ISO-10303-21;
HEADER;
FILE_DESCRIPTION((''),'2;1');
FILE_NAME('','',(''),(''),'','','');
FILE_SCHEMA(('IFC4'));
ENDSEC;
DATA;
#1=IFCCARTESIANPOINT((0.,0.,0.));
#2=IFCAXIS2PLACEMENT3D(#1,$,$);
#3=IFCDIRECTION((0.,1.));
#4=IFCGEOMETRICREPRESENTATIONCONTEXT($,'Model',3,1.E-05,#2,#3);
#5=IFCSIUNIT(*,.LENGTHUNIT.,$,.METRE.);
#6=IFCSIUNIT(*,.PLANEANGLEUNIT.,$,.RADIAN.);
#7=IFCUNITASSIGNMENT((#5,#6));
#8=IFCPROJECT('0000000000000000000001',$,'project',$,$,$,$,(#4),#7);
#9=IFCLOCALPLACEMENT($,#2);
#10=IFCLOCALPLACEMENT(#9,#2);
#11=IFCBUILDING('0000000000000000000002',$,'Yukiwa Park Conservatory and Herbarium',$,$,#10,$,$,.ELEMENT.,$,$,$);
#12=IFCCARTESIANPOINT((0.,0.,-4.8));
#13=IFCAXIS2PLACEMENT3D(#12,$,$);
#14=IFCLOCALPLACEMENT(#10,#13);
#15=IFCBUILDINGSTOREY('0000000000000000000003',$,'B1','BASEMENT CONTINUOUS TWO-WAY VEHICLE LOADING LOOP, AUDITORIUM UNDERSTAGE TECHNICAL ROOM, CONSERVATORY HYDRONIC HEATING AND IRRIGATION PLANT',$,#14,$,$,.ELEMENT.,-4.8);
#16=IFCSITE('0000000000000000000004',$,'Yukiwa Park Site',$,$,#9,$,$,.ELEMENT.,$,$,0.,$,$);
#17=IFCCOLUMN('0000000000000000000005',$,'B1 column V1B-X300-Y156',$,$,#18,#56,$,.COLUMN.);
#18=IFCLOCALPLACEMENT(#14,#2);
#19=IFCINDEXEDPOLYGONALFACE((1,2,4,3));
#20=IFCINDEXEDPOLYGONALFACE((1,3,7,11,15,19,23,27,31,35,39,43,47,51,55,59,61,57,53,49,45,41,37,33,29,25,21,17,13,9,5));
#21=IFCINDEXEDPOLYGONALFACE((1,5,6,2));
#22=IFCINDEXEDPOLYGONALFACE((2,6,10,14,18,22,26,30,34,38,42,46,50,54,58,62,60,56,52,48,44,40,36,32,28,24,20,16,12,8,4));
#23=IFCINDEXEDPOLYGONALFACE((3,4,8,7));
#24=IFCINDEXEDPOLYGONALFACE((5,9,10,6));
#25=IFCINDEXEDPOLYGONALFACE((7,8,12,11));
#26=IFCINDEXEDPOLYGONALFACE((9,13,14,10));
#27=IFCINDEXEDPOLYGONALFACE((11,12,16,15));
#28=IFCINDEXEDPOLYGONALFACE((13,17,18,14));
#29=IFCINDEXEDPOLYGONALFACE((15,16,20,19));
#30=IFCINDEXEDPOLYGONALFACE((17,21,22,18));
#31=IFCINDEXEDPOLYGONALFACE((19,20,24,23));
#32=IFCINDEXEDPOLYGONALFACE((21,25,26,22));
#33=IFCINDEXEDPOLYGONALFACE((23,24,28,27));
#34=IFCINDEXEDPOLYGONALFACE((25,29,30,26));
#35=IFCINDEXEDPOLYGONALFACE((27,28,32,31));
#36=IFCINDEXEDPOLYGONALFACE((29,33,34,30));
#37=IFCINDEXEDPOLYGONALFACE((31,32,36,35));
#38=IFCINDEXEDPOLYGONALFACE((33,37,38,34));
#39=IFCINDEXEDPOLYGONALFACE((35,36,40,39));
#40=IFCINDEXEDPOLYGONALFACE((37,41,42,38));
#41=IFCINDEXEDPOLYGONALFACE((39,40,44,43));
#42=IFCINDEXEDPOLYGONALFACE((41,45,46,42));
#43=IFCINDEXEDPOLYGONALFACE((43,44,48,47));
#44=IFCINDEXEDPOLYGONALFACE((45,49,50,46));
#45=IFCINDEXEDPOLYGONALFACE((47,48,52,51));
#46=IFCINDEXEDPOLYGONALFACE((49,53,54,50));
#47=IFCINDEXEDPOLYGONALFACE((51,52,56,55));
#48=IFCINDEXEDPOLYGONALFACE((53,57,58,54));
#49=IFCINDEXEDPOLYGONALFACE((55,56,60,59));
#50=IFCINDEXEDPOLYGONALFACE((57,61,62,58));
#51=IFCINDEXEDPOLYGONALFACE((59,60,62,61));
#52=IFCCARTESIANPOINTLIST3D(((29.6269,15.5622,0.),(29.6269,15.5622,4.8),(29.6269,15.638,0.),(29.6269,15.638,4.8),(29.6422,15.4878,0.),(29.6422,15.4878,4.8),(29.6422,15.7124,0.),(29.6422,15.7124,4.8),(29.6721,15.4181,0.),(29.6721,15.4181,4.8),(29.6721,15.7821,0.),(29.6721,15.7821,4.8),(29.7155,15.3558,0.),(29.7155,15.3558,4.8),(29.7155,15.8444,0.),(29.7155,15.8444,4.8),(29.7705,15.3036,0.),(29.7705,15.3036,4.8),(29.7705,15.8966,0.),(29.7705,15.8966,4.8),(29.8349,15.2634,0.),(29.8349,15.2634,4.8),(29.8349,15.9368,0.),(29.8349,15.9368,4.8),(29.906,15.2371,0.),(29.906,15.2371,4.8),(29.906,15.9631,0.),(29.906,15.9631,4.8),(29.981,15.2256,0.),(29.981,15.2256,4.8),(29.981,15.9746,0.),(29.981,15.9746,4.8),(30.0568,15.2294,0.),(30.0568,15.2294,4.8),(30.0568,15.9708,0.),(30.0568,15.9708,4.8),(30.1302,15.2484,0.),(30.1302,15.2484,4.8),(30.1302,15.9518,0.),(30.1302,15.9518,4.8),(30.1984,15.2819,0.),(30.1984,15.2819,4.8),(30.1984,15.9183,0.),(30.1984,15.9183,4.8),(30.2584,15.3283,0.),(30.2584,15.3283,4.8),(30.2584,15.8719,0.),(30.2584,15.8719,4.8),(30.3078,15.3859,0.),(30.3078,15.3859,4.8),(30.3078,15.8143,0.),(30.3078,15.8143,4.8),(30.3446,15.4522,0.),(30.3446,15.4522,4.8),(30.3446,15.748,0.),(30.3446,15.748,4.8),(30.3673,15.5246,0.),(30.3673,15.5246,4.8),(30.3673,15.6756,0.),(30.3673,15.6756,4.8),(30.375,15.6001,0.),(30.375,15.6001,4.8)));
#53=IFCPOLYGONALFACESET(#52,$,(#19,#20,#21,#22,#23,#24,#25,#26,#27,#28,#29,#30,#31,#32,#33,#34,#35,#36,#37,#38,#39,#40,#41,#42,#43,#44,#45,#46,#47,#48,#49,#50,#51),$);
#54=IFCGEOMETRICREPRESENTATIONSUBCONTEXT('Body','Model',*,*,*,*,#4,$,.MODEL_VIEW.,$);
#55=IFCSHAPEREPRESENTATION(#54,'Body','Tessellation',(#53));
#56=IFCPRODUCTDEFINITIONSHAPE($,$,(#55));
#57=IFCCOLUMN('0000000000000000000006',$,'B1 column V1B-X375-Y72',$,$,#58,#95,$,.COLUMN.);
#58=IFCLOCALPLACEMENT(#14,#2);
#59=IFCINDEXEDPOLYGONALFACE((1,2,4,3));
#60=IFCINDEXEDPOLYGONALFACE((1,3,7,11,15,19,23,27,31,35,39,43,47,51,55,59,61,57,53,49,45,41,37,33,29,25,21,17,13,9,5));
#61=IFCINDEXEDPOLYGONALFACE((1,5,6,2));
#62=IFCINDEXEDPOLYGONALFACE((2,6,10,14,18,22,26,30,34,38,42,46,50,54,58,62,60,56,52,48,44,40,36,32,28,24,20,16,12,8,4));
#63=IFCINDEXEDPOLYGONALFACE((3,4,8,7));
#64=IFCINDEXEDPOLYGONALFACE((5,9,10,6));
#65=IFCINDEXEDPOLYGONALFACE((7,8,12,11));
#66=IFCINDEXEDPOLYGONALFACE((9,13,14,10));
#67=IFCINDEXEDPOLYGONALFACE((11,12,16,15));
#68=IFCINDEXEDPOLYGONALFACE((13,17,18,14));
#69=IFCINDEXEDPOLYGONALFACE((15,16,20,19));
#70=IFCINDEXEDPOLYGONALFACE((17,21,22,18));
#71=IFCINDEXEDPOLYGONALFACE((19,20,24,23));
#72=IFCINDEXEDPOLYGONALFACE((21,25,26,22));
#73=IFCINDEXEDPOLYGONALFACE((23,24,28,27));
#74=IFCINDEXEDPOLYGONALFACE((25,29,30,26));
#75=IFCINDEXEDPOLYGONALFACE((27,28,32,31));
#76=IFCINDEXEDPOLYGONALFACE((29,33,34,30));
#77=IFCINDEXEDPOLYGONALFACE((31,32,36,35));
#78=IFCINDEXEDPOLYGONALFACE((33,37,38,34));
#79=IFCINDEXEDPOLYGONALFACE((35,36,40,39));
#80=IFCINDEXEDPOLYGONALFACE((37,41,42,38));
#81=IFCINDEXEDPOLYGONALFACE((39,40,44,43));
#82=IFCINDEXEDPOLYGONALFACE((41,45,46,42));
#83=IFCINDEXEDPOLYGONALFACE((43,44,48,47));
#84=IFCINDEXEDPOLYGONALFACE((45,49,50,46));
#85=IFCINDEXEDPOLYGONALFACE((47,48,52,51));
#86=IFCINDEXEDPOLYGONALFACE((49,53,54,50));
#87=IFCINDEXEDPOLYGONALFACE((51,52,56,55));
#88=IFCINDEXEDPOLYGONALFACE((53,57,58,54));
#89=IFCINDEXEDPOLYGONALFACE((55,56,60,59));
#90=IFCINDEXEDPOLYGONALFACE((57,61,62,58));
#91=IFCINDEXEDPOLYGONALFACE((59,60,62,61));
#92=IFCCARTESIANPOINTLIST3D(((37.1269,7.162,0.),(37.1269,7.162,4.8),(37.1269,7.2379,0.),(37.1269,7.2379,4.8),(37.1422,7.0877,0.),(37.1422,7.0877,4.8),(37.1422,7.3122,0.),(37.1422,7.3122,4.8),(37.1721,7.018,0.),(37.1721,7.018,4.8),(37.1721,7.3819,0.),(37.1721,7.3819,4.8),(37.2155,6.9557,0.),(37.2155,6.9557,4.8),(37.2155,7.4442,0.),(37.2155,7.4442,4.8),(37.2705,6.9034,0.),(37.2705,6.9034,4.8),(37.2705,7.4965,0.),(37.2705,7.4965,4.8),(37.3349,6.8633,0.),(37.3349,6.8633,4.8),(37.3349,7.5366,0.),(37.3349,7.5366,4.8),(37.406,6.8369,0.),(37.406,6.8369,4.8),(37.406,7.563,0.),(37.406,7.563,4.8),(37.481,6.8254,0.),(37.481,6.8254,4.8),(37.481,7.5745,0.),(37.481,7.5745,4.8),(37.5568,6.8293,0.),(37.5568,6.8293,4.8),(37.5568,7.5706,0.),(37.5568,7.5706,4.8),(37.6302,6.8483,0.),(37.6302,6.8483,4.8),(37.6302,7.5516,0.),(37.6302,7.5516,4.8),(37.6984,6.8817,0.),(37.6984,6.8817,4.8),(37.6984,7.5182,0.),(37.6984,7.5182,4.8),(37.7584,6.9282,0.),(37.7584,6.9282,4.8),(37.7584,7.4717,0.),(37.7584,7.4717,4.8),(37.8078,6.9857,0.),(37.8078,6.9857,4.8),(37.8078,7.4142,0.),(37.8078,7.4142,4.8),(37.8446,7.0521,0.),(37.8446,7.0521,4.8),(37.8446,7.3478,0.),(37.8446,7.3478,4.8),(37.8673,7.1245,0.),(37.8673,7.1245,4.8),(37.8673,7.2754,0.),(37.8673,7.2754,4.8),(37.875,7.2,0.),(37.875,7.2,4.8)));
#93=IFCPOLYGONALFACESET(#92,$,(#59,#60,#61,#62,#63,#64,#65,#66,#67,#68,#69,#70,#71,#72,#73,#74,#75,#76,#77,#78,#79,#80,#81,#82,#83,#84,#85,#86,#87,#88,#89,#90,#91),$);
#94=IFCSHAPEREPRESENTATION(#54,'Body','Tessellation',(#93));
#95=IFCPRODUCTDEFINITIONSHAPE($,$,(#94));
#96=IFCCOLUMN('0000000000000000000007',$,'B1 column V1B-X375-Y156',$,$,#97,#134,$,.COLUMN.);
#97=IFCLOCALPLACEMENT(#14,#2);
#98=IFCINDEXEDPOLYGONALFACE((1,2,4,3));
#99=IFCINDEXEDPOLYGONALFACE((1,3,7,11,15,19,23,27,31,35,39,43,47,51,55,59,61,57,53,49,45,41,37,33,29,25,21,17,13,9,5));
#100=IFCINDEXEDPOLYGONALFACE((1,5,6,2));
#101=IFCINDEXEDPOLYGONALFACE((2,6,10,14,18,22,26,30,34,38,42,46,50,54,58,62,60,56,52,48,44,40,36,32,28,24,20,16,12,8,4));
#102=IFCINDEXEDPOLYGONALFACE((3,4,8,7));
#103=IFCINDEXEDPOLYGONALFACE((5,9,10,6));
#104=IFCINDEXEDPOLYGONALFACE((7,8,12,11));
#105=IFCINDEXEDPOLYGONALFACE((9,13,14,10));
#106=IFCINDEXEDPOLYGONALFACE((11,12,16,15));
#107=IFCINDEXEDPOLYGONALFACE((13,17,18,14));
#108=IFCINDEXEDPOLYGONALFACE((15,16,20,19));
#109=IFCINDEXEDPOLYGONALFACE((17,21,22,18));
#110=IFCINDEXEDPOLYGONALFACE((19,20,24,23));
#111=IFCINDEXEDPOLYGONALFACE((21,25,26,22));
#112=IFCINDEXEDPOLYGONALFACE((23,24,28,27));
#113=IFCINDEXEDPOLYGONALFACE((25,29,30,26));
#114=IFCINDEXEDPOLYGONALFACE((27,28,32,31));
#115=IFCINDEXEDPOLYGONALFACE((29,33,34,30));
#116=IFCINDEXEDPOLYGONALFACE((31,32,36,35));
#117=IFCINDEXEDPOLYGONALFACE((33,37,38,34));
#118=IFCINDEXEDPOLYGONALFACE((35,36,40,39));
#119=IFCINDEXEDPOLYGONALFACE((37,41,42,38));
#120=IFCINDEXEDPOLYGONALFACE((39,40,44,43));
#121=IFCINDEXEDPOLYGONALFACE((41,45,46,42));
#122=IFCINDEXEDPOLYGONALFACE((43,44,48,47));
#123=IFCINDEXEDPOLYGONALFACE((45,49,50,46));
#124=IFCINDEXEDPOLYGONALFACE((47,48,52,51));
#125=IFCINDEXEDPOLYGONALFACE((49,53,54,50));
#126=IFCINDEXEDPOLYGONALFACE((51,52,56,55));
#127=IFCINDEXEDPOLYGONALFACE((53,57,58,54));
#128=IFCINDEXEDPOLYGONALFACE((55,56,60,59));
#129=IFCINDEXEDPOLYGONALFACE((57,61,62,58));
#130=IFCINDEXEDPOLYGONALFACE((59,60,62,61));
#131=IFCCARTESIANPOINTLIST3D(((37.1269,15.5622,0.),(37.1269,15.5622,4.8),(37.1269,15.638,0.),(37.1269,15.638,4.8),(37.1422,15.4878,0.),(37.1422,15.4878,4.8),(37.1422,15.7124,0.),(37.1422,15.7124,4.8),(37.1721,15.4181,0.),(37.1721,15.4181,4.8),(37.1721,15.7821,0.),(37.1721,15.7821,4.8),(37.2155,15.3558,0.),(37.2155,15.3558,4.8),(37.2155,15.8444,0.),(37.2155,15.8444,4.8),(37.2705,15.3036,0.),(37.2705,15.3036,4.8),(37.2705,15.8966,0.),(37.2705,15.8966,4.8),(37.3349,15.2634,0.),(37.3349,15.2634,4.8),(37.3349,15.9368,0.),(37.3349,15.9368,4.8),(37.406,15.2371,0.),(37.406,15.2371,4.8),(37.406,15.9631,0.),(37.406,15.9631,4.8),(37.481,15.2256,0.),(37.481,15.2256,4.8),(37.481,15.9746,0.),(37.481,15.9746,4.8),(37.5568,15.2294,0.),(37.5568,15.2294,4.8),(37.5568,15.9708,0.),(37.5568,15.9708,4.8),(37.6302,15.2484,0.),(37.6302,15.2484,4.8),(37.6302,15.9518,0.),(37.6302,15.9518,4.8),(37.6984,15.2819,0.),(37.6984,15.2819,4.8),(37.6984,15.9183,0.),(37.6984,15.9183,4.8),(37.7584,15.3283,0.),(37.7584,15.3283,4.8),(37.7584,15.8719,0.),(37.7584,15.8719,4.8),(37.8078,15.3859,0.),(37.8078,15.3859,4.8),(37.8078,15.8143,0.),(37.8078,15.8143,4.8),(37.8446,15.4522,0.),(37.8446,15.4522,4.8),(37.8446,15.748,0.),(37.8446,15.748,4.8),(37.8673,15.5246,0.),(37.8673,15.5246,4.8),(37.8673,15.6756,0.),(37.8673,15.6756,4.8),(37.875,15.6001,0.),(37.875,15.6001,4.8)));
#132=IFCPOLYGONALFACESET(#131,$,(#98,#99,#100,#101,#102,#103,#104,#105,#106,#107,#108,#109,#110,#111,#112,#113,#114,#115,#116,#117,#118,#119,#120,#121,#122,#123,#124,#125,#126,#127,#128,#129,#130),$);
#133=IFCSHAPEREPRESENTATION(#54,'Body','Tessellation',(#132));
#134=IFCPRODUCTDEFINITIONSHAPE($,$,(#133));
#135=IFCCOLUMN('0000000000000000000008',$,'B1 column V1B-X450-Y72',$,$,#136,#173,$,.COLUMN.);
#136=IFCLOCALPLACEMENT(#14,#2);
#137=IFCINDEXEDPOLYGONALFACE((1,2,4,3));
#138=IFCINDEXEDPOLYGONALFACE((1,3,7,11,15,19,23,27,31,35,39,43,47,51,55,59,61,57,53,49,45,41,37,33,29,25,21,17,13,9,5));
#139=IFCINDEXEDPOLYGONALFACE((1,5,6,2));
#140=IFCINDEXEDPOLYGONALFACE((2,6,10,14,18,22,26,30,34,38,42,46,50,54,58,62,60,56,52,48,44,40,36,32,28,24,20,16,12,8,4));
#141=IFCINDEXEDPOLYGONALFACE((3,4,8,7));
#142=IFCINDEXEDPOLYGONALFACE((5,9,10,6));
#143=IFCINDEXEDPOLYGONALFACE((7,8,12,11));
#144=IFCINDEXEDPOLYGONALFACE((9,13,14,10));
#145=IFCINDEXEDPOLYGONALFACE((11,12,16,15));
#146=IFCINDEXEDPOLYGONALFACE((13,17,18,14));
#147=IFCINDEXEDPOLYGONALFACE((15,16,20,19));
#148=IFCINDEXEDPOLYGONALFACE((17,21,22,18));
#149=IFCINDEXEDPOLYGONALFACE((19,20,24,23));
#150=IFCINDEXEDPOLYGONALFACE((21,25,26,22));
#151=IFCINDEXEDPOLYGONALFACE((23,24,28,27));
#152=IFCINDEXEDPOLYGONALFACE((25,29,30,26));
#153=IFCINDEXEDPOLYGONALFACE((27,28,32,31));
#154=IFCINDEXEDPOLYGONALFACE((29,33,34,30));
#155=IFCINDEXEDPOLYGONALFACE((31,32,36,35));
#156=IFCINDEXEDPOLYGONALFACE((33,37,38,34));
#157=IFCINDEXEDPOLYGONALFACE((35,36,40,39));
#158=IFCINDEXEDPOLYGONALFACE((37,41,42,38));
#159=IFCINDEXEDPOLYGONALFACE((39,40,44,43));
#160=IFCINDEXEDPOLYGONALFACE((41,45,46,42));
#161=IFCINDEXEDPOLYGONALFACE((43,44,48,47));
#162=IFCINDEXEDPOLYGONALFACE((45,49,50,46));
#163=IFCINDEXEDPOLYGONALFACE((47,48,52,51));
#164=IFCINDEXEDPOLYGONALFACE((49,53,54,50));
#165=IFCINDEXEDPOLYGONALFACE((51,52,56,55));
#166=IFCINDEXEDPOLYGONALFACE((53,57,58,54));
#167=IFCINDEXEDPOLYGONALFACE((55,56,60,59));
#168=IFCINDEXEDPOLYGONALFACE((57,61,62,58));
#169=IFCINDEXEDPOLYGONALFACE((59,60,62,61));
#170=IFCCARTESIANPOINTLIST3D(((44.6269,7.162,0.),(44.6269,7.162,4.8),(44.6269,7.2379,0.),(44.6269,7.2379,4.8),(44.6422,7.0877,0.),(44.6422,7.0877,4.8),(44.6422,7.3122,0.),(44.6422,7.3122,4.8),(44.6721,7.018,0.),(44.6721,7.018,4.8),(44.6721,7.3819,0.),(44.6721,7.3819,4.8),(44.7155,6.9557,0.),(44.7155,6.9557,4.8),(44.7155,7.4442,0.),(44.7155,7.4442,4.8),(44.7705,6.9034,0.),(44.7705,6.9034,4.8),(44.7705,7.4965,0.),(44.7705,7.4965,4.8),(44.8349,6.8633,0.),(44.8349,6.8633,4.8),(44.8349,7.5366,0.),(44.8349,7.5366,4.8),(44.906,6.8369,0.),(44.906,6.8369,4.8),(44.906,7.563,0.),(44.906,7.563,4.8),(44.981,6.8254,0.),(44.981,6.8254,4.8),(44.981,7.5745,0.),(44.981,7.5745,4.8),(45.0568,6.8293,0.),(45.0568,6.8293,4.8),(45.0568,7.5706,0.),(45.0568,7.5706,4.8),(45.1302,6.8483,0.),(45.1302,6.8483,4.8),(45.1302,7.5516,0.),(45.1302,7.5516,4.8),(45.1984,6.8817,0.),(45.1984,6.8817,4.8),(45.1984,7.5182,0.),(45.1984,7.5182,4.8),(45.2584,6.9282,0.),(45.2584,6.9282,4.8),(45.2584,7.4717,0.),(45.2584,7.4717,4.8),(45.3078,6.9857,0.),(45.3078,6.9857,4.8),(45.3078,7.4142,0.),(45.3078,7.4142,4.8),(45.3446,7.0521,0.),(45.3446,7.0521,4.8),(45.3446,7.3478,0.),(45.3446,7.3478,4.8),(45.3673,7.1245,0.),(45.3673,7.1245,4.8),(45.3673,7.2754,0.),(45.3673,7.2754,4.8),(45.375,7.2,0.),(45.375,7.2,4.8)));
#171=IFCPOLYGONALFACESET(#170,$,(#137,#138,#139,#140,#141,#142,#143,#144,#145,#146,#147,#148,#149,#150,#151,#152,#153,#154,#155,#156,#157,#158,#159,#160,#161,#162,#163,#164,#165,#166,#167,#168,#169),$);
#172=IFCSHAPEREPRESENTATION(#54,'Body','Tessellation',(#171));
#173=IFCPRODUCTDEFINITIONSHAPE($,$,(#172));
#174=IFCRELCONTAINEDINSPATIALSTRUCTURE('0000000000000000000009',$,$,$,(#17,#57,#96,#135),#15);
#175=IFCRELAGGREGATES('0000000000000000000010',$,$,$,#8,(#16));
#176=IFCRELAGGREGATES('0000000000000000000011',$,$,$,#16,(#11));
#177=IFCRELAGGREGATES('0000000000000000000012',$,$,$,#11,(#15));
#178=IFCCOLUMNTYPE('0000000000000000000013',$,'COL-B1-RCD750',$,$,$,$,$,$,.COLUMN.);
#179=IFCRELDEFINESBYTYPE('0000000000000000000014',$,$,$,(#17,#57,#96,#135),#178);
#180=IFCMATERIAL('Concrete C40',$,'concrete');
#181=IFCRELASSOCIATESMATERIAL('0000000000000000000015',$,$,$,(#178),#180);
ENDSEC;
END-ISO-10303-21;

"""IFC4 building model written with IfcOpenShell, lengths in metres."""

from ifc_helpers import new_model, si_unit, direction, frame, origin, origin_2d, place, context, subcontext, project, spatial, circle, extrude, material, material_profile, profile_set, type_object, element, save


model = new_model("IFC4")

# Units and contexts
model_context = context("Model", 3, precision=1e-05, world=origin(), true_north=direction((0.0, 1.0)))
body_context = subcontext(model_context, "Body", "Model", "MODEL_VIEW")
ifc_project = project(units=[si_unit("LENGTHUNIT", "METRE"), si_unit("PLANEANGLEUNIT", "RADIAN")], contexts=[model_context])

# Site, building, storey
site_placement = place(None, origin())
site = spatial("IfcSite", under=ifc_project, at=site_placement, Name="Yukiwa Park Site", CompositionType="ELEMENT", RefElevation=0.0)
building_placement = place(site_placement, origin())
building = spatial("IfcBuilding", under=site, at=building_placement, Name="Yukiwa Park Conservatory and Herbarium", CompositionType="ELEMENT")
storey_placement = place(building_placement, frame((0.0, 0.0, -4.8)))
storey = spatial("IfcBuildingStorey", under=building, at=storey_placement, Name="B1", Description="BASEMENT CONTINUOUS TWO-WAY VEHICLE LOADING LOOP, AUDITORIUM UNDERSTAGE TECHNICAL ROOM, CONSERVATORY HYDRONIC HEATING AND IRRIGATION PLANT", CompositionType="ELEMENT", Elevation=-4.8)

# Columns
ifc_material_1 = material(Name="Concrete C40", Category="concrete")
ifc_material_profile_1 = material_profile(ifc_material_1, circle(Radius=0.375, at=origin_2d()), Name="RC D750")
ifc_profile_set_1 = profile_set([ifc_material_profile_1], Name="Concrete C40")
column_type = type_object("IfcColumnType", Name="COL-B1-RCD750", PredefinedType="COLUMN", material=ifc_profile_set_1)
for number, where, z_axis, x_axis, name in (
    (1, (30.0, 15.6001, 0.0), (0.0, 0.0, 1.0), (1.0, 0.0, 0.0), "B1 column V1B-X300-Y156"),
    (2, (37.5, 7.2, 0.0), (0.0, 0.0, 1.0), (1.0, 0.0, 0.0), "B1 column V1B-X375-Y72"),
    (3, (37.5, 15.6001, 0.0), (0.0, 0.0, 1.0), (1.0, 0.0, 0.0), "B1 column V1B-X375-Y156"),
    (4, (45.0, 7.2, 0.0), (0.0, 0.0, 1.0), (1.0, 0.0, 0.0), "B1 column V1B-X450-Y72"),
):
    element("IfcColumn", number, at=place(storey_placement, frame(where, z_axis=z_axis, x_axis=x_axis)), inside=storey, type_object=column_type, Name=name, PredefinedType="COLUMN", context=body_context, shape_type="SweptSolid", body=[
        extrude(circle(Radius=0.375, at=origin_2d()), origin(), (0.0, 0.0, 1.0), 4.8),
    ])

save(model, "model.ifc")
